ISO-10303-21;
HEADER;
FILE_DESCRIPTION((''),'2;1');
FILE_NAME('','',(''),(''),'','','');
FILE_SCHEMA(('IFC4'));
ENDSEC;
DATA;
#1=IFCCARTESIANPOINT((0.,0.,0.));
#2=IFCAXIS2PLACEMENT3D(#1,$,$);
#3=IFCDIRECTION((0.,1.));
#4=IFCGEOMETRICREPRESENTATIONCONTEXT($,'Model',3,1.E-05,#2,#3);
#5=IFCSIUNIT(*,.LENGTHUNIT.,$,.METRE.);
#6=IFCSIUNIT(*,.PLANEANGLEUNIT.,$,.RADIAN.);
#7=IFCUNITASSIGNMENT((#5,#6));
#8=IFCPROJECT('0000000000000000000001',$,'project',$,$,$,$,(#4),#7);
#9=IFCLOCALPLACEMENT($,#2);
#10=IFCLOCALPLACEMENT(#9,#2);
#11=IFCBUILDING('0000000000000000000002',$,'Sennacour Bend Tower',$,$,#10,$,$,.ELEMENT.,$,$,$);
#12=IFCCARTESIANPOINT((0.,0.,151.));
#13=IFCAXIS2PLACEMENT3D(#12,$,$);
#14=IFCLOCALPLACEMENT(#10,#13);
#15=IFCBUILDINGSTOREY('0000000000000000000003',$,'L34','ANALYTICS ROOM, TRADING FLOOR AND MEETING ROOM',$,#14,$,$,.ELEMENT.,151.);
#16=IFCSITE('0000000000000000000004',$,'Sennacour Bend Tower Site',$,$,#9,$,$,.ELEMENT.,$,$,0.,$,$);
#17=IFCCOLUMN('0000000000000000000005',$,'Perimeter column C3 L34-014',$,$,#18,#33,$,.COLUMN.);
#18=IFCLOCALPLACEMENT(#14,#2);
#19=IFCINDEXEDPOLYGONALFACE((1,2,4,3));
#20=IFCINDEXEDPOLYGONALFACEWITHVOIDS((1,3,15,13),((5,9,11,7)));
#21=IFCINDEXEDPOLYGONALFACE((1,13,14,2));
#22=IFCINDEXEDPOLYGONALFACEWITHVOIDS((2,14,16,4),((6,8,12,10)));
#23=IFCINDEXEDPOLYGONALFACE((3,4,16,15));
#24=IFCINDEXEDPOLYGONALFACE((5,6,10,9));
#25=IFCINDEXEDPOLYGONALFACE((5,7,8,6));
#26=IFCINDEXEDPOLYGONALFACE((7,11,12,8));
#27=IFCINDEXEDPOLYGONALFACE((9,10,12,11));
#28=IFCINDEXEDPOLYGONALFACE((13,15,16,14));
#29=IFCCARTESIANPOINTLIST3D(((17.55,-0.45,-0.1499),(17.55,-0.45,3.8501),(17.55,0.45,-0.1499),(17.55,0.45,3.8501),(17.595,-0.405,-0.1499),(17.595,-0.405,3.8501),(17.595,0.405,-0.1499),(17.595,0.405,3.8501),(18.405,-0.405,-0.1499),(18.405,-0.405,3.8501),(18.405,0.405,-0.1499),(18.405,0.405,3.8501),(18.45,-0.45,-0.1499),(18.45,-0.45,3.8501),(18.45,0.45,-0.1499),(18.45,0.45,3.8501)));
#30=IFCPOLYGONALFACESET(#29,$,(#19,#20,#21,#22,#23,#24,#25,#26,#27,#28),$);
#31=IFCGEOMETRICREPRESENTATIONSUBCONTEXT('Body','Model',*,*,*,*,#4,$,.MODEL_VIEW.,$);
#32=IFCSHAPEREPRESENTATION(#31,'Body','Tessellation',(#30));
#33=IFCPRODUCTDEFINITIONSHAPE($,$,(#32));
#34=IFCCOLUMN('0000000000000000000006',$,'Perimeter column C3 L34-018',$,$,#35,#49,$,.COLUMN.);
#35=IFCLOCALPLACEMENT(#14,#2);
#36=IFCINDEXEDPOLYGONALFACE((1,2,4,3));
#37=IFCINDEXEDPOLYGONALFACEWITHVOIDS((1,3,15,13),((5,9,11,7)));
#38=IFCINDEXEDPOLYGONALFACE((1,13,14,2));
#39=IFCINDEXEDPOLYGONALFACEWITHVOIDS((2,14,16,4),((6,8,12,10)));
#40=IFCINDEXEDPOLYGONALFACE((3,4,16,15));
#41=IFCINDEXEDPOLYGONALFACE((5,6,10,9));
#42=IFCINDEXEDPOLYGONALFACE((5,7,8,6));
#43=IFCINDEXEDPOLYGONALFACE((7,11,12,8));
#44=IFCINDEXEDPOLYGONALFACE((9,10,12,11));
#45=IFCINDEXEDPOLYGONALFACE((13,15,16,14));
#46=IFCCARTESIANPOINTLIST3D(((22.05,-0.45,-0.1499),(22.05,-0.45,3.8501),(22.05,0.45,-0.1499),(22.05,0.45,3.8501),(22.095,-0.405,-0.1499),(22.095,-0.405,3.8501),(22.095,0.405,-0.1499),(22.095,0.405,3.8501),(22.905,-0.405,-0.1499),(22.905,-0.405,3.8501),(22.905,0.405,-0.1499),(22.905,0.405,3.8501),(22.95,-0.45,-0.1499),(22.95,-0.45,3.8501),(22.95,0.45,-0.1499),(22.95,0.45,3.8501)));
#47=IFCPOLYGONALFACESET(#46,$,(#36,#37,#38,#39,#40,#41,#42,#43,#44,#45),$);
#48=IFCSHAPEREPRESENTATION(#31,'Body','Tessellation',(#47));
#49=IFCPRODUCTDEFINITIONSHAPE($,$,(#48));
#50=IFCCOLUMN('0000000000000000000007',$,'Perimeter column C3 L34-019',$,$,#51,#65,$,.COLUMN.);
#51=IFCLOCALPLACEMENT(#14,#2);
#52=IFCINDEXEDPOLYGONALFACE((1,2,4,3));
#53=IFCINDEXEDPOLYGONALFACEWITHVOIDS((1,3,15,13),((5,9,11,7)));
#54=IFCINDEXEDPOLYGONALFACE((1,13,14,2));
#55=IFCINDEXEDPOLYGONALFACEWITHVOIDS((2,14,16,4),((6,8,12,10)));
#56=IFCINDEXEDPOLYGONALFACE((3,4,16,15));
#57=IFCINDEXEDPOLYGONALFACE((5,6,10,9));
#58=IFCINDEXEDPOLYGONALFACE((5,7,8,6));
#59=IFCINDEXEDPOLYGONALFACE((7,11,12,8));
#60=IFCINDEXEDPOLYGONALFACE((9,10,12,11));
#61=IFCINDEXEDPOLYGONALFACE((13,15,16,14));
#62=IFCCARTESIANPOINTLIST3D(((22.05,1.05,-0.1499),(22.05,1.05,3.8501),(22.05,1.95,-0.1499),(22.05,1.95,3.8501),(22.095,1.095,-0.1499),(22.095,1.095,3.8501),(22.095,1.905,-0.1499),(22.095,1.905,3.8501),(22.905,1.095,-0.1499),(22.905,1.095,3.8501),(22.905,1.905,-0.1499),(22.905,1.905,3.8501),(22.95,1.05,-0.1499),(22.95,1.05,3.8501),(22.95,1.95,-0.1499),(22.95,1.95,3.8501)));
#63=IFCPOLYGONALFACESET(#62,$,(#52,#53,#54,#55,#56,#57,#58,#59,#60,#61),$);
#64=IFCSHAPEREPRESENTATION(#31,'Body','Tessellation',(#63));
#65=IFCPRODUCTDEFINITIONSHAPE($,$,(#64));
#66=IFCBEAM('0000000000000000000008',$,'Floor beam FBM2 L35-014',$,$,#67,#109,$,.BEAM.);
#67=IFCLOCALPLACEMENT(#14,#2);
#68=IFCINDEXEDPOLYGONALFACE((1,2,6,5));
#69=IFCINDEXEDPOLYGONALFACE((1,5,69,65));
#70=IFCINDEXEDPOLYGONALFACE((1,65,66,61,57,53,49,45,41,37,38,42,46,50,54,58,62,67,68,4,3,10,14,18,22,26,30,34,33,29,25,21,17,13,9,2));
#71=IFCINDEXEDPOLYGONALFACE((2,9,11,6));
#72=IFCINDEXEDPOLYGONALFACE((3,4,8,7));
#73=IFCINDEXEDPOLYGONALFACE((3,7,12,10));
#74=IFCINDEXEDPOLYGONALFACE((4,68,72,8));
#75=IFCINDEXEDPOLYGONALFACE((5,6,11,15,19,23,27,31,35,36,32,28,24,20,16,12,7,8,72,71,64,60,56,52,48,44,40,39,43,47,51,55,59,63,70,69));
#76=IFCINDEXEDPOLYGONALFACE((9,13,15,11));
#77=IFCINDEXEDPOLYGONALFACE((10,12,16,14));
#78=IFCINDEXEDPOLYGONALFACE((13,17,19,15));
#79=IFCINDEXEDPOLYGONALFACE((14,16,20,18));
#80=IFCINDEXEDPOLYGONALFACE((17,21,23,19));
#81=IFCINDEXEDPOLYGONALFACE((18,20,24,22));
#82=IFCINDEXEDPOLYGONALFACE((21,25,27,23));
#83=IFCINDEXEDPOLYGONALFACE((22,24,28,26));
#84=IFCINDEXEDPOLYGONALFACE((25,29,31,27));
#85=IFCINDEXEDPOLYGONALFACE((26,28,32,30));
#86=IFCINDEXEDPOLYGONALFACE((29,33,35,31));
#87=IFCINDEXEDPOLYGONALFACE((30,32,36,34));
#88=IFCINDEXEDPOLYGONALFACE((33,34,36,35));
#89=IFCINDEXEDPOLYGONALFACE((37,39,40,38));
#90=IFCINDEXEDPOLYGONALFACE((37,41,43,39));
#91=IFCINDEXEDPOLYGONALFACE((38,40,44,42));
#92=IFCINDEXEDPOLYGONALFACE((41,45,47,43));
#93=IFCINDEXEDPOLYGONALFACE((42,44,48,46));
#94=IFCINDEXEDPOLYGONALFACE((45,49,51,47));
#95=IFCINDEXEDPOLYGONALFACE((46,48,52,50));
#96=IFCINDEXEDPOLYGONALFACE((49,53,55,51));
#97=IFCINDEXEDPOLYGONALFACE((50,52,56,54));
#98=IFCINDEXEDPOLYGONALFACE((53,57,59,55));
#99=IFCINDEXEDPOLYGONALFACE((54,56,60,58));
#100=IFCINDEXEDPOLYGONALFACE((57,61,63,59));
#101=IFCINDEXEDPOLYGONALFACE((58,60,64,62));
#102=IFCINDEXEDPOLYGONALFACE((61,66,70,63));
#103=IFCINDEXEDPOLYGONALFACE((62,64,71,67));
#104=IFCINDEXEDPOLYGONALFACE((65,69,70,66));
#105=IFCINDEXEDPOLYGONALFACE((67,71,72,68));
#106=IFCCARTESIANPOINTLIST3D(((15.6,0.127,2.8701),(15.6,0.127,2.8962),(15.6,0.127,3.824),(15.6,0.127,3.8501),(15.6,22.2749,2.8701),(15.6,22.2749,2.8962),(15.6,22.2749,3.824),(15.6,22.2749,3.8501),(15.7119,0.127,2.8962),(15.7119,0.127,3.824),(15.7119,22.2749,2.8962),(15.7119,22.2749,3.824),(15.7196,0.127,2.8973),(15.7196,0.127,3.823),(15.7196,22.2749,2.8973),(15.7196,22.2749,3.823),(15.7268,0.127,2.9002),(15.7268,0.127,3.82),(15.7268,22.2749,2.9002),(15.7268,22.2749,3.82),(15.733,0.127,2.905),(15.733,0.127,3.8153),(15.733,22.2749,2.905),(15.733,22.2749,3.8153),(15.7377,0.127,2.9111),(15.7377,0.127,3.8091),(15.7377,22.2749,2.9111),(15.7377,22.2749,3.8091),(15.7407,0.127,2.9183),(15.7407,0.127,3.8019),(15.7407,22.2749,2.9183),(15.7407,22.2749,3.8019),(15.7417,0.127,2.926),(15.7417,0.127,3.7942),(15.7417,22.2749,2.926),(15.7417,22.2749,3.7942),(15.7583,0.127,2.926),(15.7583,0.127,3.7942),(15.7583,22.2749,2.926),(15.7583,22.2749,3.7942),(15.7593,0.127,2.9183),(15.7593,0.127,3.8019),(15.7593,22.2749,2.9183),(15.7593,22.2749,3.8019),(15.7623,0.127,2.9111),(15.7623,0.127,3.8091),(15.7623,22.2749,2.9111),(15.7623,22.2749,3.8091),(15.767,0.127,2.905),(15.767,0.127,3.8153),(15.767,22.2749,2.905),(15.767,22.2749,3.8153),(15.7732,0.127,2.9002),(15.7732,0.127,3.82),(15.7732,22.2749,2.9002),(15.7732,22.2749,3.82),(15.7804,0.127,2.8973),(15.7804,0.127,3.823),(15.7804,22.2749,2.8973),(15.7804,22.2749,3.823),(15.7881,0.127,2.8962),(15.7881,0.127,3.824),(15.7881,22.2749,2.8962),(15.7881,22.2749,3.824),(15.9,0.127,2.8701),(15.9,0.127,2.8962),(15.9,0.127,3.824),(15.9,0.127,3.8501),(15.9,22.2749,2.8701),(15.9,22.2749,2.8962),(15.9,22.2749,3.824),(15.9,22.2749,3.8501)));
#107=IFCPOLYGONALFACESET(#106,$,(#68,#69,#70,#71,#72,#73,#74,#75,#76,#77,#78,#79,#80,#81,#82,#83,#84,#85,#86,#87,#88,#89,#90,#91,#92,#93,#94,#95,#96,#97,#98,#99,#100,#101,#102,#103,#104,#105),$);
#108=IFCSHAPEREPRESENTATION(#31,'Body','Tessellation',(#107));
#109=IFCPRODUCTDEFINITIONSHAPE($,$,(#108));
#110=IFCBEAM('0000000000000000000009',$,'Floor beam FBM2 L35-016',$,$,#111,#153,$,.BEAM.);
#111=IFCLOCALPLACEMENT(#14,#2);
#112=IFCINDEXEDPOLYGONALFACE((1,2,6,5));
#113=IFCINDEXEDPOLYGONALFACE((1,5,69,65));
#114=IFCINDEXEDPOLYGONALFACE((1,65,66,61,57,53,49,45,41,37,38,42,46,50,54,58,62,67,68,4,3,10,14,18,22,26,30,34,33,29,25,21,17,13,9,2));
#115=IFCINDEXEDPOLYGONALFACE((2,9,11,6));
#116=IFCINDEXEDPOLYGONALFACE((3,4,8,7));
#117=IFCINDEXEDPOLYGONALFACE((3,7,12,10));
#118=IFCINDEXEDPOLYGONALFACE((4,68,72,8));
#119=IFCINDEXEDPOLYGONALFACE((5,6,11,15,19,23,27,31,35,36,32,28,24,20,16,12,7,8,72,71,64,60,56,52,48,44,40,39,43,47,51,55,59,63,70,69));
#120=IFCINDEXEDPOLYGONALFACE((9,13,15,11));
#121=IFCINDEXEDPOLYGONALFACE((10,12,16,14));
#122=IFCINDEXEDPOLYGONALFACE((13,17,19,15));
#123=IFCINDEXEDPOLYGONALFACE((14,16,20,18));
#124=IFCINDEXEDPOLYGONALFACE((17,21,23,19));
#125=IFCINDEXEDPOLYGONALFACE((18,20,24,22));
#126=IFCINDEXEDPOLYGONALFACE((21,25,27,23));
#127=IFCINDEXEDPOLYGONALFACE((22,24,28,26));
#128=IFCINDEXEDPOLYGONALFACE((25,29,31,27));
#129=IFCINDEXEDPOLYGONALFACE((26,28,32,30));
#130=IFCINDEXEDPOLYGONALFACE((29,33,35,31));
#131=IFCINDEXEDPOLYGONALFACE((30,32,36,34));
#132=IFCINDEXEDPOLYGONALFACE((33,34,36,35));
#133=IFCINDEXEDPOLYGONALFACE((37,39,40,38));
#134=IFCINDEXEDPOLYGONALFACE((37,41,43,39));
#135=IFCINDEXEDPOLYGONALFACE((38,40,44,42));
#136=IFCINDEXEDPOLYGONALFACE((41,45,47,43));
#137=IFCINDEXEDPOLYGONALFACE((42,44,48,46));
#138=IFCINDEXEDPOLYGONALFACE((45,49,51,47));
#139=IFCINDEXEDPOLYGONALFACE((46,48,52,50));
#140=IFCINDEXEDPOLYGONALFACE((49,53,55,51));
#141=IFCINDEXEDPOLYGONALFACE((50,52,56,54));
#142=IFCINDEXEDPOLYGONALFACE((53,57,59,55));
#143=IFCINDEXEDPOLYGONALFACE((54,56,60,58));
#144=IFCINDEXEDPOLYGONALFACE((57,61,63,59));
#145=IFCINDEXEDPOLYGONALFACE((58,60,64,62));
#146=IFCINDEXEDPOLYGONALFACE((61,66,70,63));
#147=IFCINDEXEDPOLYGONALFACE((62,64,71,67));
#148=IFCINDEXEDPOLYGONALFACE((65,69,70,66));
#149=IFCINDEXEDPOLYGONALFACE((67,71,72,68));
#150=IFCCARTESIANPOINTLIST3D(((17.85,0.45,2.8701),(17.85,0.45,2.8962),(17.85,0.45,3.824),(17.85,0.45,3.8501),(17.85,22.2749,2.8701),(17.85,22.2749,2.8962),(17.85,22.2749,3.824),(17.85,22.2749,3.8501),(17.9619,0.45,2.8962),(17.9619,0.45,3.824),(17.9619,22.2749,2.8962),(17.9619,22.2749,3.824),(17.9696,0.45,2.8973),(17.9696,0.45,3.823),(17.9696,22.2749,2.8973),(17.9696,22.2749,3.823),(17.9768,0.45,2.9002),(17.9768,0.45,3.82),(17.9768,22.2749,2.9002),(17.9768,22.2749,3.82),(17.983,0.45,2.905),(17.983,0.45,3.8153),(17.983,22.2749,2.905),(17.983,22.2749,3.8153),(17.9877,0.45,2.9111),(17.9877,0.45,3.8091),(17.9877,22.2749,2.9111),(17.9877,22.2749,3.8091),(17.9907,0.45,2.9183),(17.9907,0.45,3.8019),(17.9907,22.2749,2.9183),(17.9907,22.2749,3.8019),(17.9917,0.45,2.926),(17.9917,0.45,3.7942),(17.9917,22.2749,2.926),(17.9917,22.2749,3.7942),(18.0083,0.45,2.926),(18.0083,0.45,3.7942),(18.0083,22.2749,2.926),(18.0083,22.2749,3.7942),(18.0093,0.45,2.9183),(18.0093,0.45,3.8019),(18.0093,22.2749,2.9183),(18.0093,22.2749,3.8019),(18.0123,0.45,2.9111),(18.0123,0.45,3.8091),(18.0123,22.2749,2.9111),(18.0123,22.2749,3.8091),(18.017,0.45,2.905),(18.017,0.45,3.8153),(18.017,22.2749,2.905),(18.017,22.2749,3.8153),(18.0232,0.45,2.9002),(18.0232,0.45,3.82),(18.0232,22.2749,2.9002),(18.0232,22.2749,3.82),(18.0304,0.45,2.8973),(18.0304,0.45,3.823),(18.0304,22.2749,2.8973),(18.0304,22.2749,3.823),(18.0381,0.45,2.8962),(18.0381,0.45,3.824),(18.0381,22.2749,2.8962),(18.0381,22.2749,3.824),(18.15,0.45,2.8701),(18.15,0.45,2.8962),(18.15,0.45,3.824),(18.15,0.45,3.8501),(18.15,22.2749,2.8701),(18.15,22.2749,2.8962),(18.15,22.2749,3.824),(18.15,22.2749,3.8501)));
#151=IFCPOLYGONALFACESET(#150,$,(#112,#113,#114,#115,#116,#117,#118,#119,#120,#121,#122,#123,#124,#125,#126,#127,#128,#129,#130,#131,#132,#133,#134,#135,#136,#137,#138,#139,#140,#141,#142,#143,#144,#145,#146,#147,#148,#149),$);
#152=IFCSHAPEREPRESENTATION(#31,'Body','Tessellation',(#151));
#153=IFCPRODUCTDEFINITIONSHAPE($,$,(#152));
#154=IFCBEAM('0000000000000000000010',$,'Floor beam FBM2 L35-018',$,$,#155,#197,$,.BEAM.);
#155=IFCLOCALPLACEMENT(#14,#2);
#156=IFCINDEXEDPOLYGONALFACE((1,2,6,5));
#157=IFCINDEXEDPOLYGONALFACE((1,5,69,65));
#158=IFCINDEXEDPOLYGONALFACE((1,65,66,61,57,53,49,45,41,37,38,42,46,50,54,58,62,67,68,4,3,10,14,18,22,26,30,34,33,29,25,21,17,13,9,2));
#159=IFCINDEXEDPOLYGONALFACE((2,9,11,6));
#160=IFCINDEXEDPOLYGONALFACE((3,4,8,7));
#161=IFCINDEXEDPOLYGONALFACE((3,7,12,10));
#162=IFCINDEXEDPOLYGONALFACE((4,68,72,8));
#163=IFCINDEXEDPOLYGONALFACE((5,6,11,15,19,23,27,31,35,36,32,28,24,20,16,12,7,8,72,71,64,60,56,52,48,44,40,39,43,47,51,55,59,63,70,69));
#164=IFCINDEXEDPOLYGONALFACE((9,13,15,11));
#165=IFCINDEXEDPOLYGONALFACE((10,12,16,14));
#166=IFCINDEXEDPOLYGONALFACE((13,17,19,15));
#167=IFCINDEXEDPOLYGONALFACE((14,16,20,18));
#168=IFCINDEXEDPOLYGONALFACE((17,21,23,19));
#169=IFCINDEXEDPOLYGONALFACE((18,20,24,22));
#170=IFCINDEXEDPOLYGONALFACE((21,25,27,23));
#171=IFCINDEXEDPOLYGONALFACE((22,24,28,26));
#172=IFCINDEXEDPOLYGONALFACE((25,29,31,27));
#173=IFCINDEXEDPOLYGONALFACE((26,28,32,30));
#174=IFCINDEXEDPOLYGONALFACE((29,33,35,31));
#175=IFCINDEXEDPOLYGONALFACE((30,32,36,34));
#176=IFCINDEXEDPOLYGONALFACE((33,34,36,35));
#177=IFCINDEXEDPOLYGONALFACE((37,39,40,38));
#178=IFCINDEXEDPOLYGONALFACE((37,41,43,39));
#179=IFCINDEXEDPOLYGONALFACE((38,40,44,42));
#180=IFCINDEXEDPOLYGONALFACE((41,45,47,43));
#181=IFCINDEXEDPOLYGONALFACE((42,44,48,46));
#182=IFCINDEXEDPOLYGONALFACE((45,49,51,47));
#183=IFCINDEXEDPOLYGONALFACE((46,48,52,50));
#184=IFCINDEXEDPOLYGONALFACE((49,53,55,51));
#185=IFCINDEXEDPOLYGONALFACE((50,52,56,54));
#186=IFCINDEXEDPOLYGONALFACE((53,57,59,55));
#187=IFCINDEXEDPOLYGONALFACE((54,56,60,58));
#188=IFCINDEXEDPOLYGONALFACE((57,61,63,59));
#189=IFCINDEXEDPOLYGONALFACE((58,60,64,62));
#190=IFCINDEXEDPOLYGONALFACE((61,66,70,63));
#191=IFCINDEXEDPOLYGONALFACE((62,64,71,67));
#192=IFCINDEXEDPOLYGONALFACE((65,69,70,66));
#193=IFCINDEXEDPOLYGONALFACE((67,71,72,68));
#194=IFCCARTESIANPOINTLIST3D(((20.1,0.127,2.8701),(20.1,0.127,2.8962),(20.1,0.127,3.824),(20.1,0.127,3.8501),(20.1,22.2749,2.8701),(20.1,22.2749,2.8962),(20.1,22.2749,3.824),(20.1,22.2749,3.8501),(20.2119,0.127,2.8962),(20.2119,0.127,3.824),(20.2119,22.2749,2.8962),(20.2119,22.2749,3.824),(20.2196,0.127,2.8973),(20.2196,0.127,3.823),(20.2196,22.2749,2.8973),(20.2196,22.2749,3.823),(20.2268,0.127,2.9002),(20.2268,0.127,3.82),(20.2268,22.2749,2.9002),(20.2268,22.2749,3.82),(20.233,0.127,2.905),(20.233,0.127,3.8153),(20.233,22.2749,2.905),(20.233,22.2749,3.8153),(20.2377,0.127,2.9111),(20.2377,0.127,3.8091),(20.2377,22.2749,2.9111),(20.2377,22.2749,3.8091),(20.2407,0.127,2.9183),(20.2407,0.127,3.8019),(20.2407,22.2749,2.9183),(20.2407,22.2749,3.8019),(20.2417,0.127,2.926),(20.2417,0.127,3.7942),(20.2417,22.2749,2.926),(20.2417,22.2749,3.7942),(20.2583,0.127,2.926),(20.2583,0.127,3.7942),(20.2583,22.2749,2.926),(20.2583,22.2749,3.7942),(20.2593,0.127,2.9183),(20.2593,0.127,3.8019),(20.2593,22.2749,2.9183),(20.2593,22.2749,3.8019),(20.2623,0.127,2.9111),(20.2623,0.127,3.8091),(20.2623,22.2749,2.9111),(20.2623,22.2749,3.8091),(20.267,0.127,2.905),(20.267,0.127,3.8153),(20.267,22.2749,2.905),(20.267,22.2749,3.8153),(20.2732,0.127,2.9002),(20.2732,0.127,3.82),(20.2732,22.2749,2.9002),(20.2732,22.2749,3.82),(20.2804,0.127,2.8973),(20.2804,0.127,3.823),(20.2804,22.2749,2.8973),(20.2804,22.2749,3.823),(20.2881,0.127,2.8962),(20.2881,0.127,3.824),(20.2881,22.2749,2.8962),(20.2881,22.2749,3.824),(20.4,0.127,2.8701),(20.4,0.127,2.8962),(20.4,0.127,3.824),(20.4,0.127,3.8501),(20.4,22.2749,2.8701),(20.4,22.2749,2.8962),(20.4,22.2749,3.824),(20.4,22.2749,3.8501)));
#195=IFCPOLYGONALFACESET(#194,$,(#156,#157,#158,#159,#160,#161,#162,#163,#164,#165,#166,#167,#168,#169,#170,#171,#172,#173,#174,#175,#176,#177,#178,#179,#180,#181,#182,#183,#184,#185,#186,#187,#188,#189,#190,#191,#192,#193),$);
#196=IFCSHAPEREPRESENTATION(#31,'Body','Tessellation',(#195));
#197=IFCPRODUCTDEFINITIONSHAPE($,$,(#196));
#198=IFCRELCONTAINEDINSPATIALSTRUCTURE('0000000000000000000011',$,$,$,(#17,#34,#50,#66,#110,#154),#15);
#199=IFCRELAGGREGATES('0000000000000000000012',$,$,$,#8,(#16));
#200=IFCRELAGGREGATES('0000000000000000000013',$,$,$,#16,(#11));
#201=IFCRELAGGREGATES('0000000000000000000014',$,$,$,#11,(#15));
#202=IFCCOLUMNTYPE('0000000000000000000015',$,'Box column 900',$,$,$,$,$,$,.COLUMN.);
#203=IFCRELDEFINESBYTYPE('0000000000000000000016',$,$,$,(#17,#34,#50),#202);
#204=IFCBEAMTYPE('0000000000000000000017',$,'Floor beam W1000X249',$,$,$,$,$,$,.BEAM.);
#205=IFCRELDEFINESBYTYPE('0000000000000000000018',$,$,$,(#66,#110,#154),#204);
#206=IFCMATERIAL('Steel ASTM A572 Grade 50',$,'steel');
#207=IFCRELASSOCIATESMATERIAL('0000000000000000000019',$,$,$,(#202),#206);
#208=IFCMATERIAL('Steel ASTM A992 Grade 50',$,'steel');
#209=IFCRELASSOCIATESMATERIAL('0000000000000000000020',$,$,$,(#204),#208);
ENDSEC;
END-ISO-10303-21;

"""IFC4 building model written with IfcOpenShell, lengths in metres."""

from ifc_helpers import new_model, si_unit, direction, frame, origin, origin_2d, place, context, subcontext, project, spatial, hollow_rectangle, i_section, extrude, material, material_profile, profile_set, type_object, element, save


model = new_model("IFC4")

# Units and contexts
model_context = context("Model", 3, precision=1e-05, world=origin(), true_north=direction((0.0, 1.0)))
body_context = subcontext(model_context, "Body", "Model", "MODEL_VIEW")
ifc_project = project(units=[si_unit("LENGTHUNIT", "METRE"), si_unit("PLANEANGLEUNIT", "RADIAN")], contexts=[model_context])

# Site, building, storey
site_placement = place(None, origin())
site = spatial("IfcSite", under=ifc_project, at=site_placement, Name="Sennacour Bend Tower Site", CompositionType="ELEMENT", RefElevation=0.0)
building_placement = place(site_placement, origin())
building = spatial("IfcBuilding", under=site, at=building_placement, Name="Sennacour Bend Tower", CompositionType="ELEMENT")
storey_placement = place(building_placement, frame((0.0, 0.0, 151.0)))
storey = spatial("IfcBuildingStorey", under=building, at=storey_placement, Name="L34", Description="ANALYTICS ROOM, TRADING FLOOR AND MEETING ROOM", CompositionType="ELEMENT", Elevation=151.0)

# Columns
ifc_material_1 = material(Name="Steel ASTM A572 Grade 50", Category="steel")
ifc_material_profile_1 = material_profile(ifc_material_1, hollow_rectangle(XDim=0.8999, YDim=0.8999, WallThickness=0.0449, at=origin_2d()), Name="Steel ASTM A572 Grade 50", Category="steel")
ifc_profile_set_1 = profile_set([ifc_material_profile_1], Name="Steel ASTM A572 Grade 50")
column_type = type_object("IfcColumnType", Name="Box column 900", PredefinedType="COLUMN", material=ifc_profile_set_1)
for number, where, z_axis, x_axis, name in (
    (1, (18.0, 0.0, -0.1499), (0.0, 0.0, 1.0), (1.0, 0.0, 0.0), "Perimeter column C3 L34-014"),
    (2, (22.5, 0.0, -0.1499), (0.0, 0.0, 1.0), (1.0, 0.0, 0.0), "Perimeter column C3 L34-018"),
    (3, (22.5, 1.5, -0.1499), (0.0, 0.0, 1.0), (1.0, 0.0, 0.0), "Perimeter column C3 L34-019"),
):
    element("IfcColumn", number, at=place(storey_placement, frame(where, z_axis=z_axis, x_axis=x_axis)), inside=storey, type_object=column_type, Name=name, PredefinedType="COLUMN", context=body_context, shape_type="SweptSolid", body=[
        extrude(hollow_rectangle(XDim=0.8999, YDim=0.8999, WallThickness=0.0449, at=origin_2d()), origin(), (0.0, 0.0, 1.0), 4.0),
    ])

# Beams
ifc_material_2 = material(Name="Steel ASTM A992 Grade 50", Category="steel")
ifc_material_profile_2 = material_profile(ifc_material_2, i_section(OverallWidth=0.3, OverallDepth=0.98, WebThickness=0.0166, FlangeThickness=0.0261, FilletRadius=0.0298, at=origin_2d()), Name="Steel ASTM A992 Grade 50", Category="steel")
ifc_profile_set_2 = profile_set([ifc_material_profile_2], Name="Steel ASTM A992 Grade 50")
beam_type_1 = type_object("IfcBeamType", Name="Floor beam W1000X249", PredefinedType="BEAM", material=ifc_profile_set_2)
beam_1_placement = place(storey_placement, frame((15.75, 0.127, 3.3601), z_axis=(0.0, 1.0, 0.0), x_axis=(-1.0, 0.0, 0.0)))
element("IfcBeam", 4, at=beam_1_placement, inside=storey, type_object=beam_type_1, Name="Floor beam FBM2 L35-014", PredefinedType="BEAM", context=body_context, shape_type="SweptSolid", body=[
    extrude(i_section(OverallWidth=0.3, OverallDepth=0.98, WebThickness=0.0166, FlangeThickness=0.0261, FilletRadius=0.0298, at=origin_2d()), origin(), (0.0, 0.0, 1.0), 22.1479),
])
beam_2_placement = place(storey_placement, frame((18.0, 0.45, 3.3601), z_axis=(0.0, 1.0, 0.0), x_axis=(-1.0, 0.0, 0.0)))
element("IfcBeam", 5, at=beam_2_placement, inside=storey, type_object=beam_type_1, Name="Floor beam FBM2 L35-016", PredefinedType="BEAM", context=body_context, shape_type="SweptSolid", body=[
    extrude(i_section(OverallWidth=0.3, OverallDepth=0.98, WebThickness=0.0166, FlangeThickness=0.0261, FilletRadius=0.0298, at=origin_2d()), origin(), (0.0, 0.0, 1.0), 21.825),
])
beam_3_placement = place(storey_placement, frame((20.25, 0.127, 3.3601), z_axis=(0.0, 1.0, 0.0), x_axis=(-1.0, 0.0, 0.0)))
element("IfcBeam", 6, at=beam_3_placement, inside=storey, type_object=beam_type_1, Name="Floor beam FBM2 L35-018", PredefinedType="BEAM", context=body_context, shape_type="SweptSolid", body=[
    extrude(i_section(OverallWidth=0.3, OverallDepth=0.98, WebThickness=0.0166, FlangeThickness=0.0261, FilletRadius=0.0298, at=origin_2d()), origin(), (0.0, 0.0, 1.0), 22.1479),
])

save(model, "model.ifc")
